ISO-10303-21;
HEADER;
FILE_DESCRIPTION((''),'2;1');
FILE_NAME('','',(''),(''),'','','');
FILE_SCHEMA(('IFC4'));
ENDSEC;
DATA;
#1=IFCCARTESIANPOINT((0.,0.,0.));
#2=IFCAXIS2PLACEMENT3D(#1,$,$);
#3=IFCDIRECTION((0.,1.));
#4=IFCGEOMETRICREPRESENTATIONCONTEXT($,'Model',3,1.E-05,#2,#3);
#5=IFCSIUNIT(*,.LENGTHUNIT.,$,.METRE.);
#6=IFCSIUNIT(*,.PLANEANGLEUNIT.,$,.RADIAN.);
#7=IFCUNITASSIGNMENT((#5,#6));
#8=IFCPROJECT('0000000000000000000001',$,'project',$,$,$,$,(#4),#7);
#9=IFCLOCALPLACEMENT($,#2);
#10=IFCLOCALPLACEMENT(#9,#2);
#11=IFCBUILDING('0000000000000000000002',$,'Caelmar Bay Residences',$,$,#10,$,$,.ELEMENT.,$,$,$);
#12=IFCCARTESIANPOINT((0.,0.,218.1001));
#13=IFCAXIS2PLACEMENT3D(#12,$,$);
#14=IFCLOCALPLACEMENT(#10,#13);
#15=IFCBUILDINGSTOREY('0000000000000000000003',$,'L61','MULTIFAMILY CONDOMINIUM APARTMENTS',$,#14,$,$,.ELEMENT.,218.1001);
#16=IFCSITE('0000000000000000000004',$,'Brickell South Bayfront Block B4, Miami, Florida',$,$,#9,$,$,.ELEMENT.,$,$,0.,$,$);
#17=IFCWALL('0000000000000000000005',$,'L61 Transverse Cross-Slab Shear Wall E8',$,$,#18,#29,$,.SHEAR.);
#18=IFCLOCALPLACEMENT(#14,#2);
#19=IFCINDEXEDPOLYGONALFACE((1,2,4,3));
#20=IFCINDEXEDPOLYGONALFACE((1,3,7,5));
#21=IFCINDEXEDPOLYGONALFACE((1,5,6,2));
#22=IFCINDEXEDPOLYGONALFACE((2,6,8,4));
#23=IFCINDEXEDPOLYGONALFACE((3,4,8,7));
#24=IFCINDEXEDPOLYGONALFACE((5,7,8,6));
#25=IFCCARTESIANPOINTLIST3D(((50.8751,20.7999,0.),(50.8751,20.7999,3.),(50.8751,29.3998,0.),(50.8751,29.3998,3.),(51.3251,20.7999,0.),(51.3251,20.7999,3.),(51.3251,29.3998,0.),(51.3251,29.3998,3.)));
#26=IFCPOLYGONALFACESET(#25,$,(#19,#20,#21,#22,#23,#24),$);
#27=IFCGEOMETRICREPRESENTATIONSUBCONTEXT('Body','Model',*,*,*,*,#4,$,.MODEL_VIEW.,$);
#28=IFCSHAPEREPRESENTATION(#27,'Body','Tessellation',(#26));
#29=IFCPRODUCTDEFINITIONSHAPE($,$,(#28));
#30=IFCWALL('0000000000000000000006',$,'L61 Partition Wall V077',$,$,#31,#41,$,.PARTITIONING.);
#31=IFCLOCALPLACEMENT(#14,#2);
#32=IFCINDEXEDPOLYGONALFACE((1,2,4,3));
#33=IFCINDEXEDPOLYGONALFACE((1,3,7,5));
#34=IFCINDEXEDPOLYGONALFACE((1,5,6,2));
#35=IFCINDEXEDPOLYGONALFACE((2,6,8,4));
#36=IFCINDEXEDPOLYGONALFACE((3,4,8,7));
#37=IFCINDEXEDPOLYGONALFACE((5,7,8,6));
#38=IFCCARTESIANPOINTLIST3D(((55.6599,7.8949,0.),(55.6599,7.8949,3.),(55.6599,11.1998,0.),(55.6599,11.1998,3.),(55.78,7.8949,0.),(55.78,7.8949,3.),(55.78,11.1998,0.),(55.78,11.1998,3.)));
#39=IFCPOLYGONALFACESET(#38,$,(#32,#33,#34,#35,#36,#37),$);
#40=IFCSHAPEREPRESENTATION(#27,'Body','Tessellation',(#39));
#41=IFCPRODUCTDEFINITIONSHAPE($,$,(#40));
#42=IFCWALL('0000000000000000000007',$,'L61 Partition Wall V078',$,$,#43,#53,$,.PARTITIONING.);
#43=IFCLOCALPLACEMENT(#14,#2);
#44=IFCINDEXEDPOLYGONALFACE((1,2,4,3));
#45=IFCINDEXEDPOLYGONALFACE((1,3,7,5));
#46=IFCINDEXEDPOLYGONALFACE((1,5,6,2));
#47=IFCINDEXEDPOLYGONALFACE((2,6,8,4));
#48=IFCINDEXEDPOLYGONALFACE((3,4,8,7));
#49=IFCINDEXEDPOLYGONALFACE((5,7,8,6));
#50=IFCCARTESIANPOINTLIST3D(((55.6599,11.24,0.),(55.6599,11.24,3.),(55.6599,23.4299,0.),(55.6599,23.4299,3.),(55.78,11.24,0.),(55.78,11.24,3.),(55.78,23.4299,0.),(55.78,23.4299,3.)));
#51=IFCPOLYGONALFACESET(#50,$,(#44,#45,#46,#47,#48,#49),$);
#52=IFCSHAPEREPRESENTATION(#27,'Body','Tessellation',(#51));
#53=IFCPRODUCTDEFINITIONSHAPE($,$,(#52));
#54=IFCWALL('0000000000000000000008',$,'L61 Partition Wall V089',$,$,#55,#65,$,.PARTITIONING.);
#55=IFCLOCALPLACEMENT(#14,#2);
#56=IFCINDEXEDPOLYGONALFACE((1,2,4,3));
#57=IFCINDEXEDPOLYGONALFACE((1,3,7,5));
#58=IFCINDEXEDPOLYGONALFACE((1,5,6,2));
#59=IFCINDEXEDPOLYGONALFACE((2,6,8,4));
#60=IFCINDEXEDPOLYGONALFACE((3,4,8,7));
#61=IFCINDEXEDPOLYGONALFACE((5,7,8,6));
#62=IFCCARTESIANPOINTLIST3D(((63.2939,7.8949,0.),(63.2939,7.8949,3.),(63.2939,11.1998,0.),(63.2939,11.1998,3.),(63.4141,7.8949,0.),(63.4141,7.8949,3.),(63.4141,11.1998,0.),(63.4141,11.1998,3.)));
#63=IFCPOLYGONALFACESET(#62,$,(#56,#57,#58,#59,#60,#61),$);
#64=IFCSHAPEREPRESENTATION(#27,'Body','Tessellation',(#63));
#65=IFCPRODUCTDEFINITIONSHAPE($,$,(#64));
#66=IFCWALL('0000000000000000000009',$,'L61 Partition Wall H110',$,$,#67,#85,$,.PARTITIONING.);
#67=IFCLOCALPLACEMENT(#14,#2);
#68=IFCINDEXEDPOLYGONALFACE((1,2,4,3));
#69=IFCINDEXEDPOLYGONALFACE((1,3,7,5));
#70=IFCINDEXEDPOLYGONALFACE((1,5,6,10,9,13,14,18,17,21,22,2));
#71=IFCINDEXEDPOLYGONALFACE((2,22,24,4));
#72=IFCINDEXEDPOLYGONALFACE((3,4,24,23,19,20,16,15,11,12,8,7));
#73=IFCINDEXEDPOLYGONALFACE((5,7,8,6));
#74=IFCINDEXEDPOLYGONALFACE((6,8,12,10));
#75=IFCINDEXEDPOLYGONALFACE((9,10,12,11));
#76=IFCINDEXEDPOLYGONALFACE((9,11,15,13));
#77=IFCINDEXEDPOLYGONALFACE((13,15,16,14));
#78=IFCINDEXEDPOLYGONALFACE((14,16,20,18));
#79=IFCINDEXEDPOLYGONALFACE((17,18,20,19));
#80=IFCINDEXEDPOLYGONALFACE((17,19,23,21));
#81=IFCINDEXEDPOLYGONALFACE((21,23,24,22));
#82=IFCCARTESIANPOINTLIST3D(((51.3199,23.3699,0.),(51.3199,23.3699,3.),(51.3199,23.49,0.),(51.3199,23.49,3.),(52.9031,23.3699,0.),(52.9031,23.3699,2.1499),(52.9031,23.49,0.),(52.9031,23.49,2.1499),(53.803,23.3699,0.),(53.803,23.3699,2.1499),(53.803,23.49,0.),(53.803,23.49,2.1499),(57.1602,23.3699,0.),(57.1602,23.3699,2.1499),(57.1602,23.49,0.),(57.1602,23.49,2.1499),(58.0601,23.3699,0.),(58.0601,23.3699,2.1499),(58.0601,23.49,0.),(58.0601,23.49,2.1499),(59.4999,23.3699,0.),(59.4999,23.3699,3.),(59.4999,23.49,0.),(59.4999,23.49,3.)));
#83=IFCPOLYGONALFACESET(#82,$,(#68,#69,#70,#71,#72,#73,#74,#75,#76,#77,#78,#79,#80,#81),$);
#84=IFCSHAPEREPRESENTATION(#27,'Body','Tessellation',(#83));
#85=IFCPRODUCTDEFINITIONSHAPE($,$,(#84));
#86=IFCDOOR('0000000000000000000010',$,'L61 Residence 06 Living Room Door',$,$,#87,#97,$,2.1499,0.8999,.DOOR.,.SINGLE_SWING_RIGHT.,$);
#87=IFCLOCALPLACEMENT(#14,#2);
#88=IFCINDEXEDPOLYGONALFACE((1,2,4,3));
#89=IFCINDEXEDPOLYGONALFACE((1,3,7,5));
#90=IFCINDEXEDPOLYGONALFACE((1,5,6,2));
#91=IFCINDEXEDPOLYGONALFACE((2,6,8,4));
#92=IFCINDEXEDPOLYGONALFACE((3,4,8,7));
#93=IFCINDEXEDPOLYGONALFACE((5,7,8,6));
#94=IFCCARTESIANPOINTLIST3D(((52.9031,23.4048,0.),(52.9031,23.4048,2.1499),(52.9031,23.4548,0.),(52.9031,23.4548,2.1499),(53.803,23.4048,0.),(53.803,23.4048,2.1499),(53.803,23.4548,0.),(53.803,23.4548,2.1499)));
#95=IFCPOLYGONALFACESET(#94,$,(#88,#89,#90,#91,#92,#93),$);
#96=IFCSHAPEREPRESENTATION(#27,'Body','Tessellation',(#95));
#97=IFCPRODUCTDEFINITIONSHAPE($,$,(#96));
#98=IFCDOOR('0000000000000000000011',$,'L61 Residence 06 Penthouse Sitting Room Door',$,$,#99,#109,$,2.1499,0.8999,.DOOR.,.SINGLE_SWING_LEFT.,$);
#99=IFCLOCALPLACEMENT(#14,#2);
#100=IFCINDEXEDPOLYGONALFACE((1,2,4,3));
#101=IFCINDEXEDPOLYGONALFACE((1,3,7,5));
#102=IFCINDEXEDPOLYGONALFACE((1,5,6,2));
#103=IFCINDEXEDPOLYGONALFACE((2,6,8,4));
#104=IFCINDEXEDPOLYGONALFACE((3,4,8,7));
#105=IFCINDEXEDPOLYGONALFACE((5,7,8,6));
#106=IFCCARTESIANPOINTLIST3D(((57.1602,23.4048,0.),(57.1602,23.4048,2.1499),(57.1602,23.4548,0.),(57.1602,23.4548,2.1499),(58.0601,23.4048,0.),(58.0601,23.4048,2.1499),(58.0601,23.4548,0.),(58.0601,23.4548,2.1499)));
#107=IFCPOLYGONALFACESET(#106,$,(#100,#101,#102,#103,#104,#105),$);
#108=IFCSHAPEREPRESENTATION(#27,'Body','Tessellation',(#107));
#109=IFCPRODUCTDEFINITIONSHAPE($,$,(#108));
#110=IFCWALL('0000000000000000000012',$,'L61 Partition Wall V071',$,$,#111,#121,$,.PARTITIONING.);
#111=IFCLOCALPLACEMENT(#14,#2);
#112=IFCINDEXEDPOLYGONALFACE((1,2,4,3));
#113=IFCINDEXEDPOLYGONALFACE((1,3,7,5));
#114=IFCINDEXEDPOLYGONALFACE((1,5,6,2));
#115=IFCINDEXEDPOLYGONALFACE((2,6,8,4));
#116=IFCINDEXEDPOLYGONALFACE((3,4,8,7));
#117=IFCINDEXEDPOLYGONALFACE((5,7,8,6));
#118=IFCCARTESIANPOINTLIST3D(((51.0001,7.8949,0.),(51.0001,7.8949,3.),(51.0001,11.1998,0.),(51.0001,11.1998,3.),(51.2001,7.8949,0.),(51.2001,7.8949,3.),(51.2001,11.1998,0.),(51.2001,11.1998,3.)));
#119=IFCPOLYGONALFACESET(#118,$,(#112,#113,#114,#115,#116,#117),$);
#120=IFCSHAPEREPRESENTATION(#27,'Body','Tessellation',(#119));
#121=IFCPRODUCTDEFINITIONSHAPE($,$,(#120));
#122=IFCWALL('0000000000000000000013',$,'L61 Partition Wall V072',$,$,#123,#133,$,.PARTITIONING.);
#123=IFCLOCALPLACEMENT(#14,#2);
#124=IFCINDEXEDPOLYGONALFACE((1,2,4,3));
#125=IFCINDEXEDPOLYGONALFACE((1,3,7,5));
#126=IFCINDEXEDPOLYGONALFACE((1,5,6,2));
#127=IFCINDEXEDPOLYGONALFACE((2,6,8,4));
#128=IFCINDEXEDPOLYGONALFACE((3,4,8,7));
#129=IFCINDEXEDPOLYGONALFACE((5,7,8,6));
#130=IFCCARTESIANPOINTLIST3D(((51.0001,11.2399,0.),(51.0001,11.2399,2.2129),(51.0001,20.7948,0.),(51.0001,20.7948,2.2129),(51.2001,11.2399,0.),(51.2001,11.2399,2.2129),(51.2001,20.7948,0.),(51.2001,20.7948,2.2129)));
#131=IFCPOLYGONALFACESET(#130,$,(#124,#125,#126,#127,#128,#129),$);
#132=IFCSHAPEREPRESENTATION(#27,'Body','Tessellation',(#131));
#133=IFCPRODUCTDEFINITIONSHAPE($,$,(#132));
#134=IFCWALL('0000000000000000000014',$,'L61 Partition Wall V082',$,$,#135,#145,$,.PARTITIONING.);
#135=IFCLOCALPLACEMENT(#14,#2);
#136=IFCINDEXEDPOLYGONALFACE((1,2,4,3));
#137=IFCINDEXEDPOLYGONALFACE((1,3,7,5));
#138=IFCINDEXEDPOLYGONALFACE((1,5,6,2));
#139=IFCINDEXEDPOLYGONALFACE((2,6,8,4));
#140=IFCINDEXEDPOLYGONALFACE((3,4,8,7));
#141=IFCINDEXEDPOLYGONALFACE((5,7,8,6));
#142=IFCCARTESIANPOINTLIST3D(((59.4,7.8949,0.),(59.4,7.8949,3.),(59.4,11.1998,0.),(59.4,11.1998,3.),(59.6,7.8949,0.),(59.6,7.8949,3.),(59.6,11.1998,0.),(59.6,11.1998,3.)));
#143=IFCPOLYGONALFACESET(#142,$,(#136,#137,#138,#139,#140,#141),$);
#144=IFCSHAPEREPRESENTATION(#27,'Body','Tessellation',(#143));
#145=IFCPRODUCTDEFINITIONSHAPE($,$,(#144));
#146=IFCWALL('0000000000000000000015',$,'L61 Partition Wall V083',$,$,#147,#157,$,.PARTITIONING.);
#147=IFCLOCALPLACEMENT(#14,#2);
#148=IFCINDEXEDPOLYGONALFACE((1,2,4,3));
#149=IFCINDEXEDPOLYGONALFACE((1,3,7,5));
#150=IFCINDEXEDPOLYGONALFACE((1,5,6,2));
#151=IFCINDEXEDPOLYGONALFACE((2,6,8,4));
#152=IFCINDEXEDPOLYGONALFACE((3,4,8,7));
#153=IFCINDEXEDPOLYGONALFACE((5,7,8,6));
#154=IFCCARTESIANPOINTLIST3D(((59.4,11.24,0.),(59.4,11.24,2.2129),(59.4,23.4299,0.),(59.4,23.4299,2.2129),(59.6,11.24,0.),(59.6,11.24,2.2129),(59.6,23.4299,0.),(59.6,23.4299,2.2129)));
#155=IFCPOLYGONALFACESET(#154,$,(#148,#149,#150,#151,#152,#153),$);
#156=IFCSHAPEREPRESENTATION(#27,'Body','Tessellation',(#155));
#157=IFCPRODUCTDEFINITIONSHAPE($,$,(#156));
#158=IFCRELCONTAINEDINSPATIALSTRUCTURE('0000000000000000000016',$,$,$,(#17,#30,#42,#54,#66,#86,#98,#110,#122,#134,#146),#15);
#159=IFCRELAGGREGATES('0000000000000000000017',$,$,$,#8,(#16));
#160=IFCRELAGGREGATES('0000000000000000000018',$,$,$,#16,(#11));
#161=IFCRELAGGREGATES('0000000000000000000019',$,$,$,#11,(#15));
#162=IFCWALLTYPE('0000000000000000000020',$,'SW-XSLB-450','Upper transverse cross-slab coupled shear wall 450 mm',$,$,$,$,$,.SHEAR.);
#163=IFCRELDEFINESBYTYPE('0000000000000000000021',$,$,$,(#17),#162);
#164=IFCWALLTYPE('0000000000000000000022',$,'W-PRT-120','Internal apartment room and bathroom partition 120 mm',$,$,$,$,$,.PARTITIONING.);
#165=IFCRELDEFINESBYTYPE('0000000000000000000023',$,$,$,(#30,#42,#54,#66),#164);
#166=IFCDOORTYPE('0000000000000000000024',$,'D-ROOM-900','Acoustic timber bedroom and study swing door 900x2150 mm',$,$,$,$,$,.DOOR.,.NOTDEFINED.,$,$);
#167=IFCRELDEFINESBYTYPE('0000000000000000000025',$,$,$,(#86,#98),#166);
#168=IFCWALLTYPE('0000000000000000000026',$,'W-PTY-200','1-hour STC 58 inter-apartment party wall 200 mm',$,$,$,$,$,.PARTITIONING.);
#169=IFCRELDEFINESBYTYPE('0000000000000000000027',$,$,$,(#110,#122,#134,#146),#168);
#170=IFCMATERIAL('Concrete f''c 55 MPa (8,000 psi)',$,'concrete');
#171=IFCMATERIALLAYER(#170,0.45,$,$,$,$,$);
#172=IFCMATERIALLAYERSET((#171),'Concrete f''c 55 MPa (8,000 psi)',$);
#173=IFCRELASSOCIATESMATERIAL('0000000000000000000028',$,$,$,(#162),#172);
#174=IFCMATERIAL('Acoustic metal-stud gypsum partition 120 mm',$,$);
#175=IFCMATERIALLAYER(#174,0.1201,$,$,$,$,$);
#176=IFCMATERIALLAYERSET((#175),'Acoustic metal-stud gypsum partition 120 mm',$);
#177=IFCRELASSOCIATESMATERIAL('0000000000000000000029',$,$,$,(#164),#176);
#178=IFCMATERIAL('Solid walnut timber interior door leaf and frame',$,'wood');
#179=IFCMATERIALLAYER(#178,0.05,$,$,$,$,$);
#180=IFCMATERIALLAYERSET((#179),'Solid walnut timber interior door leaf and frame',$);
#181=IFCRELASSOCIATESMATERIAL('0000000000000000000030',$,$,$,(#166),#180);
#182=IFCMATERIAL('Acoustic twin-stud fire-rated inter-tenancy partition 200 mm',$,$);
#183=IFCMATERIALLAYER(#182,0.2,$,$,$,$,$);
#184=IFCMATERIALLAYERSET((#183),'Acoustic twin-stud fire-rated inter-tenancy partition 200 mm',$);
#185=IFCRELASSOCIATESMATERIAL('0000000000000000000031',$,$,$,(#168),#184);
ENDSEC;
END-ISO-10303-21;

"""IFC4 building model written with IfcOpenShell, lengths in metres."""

from ifc_helpers import new_model, si_unit, direction, frame, frame_2d, origin, place, context, subcontext, project, spatial, rectangle, extrude, material, layer, layer_set, type_object, element, fill, save


model = new_model("IFC4")

# Units and contexts
model_context = context("Model", 3, precision=1e-05, world=origin(), true_north=direction((0.0, 1.0)))
body_context = subcontext(model_context, "Body", "Model", "MODEL_VIEW")
ifc_project = project(units=[si_unit("LENGTHUNIT", "METRE"), si_unit("PLANEANGLEUNIT", "RADIAN")], contexts=[model_context])

# Site, building, storey
site_placement = place(None, origin())
site = spatial("IfcSite", under=ifc_project, at=site_placement, Name="Brickell South Bayfront Block B4, Miami, Florida", CompositionType="ELEMENT", RefElevation=0.0)
building_placement = place(site_placement, origin())
building = spatial("IfcBuilding", under=site, at=building_placement, Name="Caelmar Bay Residences", CompositionType="ELEMENT")
storey_placement = place(building_placement, frame((0.0, 0.0, 218.1001)))
storey = spatial("IfcBuildingStorey", under=building, at=storey_placement, Name="L61", Description="MULTIFAMILY CONDOMINIUM APARTMENTS", CompositionType="ELEMENT", Elevation=218.1001)

# Shared definitions
ifc_material_1 = material(Name="Concrete f'c 55 MPa (8,000 psi)", Category="concrete")

# Walls
ifc_layer_1 = layer(ifc_material_1, 0.45)
ifc_layer_set_1 = layer_set([ifc_layer_1], Name="Concrete f'c 55 MPa (8,000 psi)")
wall_type_1 = type_object("IfcWallType", Name="SW-XSLB-450", Description="Upper transverse cross-slab coupled shear wall 450 mm", PredefinedType="SHEAR", material=ifc_layer_set_1)
wall_1_placement = place(storey_placement, frame((51.1001, 20.8, 0.0), z_axis=(0.0, 0.0, 1.0), x_axis=(0.0, 1.0, 0.0)))
element("IfcWall", 1, at=wall_1_placement, inside=storey, type_object=wall_type_1, Name="L61 Transverse Cross-Slab Shear Wall E8", PredefinedType="SHEAR", context=body_context, shape_type="SweptSolid", body=[
    extrude(rectangle(XDim=8.5999, YDim=0.45, at=frame_2d((4.2998, 0.0))), origin(), (0.0, 0.0, 1.0), 3.0),
])
ifc_material_2 = material(Name="Acoustic metal-stud gypsum partition 120 mm")
ifc_layer_2 = layer(ifc_material_2, 0.1201)
ifc_layer_set_2 = layer_set([ifc_layer_2], Name="Acoustic metal-stud gypsum partition 120 mm")
wall_type_2 = type_object("IfcWallType", Name="W-PRT-120", Description="Internal apartment room and bathroom partition 120 mm", PredefinedType="PARTITIONING", material=ifc_layer_set_2)
wall_2_placement = place(storey_placement, frame((55.72, 7.895, 0.0), z_axis=(0.0, 0.0, 1.0), x_axis=(0.0, 1.0, 0.0)))
element("IfcWall", 2, at=wall_2_placement, inside=storey, type_object=wall_type_2, Name="L61 Partition Wall V077", PredefinedType="PARTITIONING", context=body_context, shape_type="SweptSolid", body=[
    extrude(rectangle(XDim=3.3049, YDim=0.1201, at=frame_2d((1.6523, 0.0))), origin(), (0.0, 0.0, 1.0), 3.0),
])
wall_3_placement = place(storey_placement, frame((55.72, 11.24, 0.0), z_axis=(0.0, 0.0, 1.0), x_axis=(0.0, 1.0, 0.0)))
element("IfcWall", 3, at=wall_3_placement, inside=storey, type_object=wall_type_2, Name="L61 Partition Wall V078", PredefinedType="PARTITIONING", context=body_context, shape_type="SweptSolid", body=[
    extrude(rectangle(XDim=12.1899, YDim=0.1201, at=frame_2d((6.095, 0.0))), origin(), (0.0, 0.0, 1.0), 3.0),
])
wall_4_placement = place(storey_placement, frame((63.354, 7.895, 0.0), z_axis=(0.0, 0.0, 1.0), x_axis=(0.0, 1.0, 0.0)))
element("IfcWall", 4, at=wall_4_placement, inside=storey, type_object=wall_type_2, Name="L61 Partition Wall V089", PredefinedType="PARTITIONING", context=body_context, shape_type="SweptSolid", body=[
    extrude(rectangle(XDim=3.3049, YDim=0.1201, at=frame_2d((1.6523, 0.0))), origin(), (0.0, 0.0, 1.0), 3.0),
])

# Shared definitions
ifc_material_3 = material(Name="Solid walnut timber interior door leaf and frame", Category="wood")
ifc_layer_3 = layer(ifc_material_3, 0.05)
ifc_layer_set_3 = layer_set([ifc_layer_3], Name="Solid walnut timber interior door leaf and frame")
door_type = type_object("IfcDoorType", Name="D-ROOM-900", Description="Acoustic timber bedroom and study swing door 900x2150 mm", OperationType="NOTDEFINED", PredefinedType="DOOR", material=ifc_layer_set_3)

# Wall, openings, doors
wall_5_placement = place(storey_placement, frame((51.3201, 23.4299, 0.0), z_axis=(0.0, 0.0, 1.0), x_axis=(1.0, 0.0, 0.0)))
wall_5 = element("IfcWall", 5, at=wall_5_placement, inside=storey, type_object=wall_type_2, Name="L61 Partition Wall H110", PredefinedType="PARTITIONING", context=body_context, shape_type="SweptSolid", body=[
    extrude(rectangle(XDim=8.1799, YDim=0.1201, at=frame_2d((4.0898, 0.0))), origin(), (0.0, 0.0, 1.0), 3.0),
])
opening_1_placement = place(wall_5_placement, frame((1.583, 0.0, 0.0)))
opening_1 = element("IfcOpeningElement", 6, at=opening_1_placement, cuts=wall_5, PredefinedType="OPENING", context=body_context, shape_type="SweptSolid", body=[
    extrude(rectangle(XDim=0.8999, YDim=2.1499, at=frame_2d((0.45, 1.075))), frame((0.0, 0.0701, 0.0), z_axis=(0.0, -1.0, 0.0), x_axis=(1.0, 0.0, 0.0)), (0.0, 0.0, 1.0), 0.1401),
])
opening_2_placement = place(wall_5_placement, frame((5.8401, 0.0, 0.0)))
opening_2 = element("IfcOpeningElement", 7, at=opening_2_placement, cuts=wall_5, PredefinedType="OPENING", context=body_context, shape_type="SweptSolid", body=[
    extrude(rectangle(XDim=0.8999, YDim=2.1499, at=frame_2d((0.45, 1.075))), frame((0.0, 0.0701, 0.0), z_axis=(0.0, -1.0, 0.0), x_axis=(1.0, 0.0, 0.0)), (0.0, 0.0, 1.0), 0.1401),
])
door_1_placement = place(opening_1_placement, origin())
door_1 = element("IfcDoor", 8, at=door_1_placement, inside=storey, type_object=door_type, Name="L61 Residence 06 Living Room Door", OperationType="SINGLE_SWING_RIGHT", OverallHeight=2.1499, OverallWidth=0.8999, PredefinedType="DOOR", context=body_context, shape_type="SweptSolid", body=[
    extrude(rectangle(XDim=0.8999, YDim=2.1499, at=frame_2d((0.45, 1.075))), frame((0.0, 0.0249, 0.0), z_axis=(0.0, -1.0, 0.0), x_axis=(1.0, 0.0, 0.0)), (0.0, 0.0, 1.0), 0.05),
])
fill(opening_1, door_1)
door_2_placement = place(opening_2_placement, origin())
door_2 = element("IfcDoor", 9, at=door_2_placement, inside=storey, type_object=door_type, Name="L61 Residence 06 Penthouse Sitting Room Door", OperationType="SINGLE_SWING_LEFT", OverallHeight=2.1499, OverallWidth=0.8999, PredefinedType="DOOR", context=body_context, shape_type="SweptSolid", body=[
    extrude(rectangle(XDim=0.8999, YDim=2.1499, at=frame_2d((0.45, 1.075))), frame((0.0, 0.0249, 0.0), z_axis=(0.0, -1.0, 0.0), x_axis=(1.0, 0.0, 0.0)), (0.0, 0.0, 1.0), 0.05),
])
fill(opening_2, door_2)

# Walls
ifc_material_4 = material(Name="Acoustic twin-stud fire-rated inter-tenancy partition 200 mm")
ifc_layer_4 = layer(ifc_material_4, 0.2)
ifc_layer_set_4 = layer_set([ifc_layer_4], Name="Acoustic twin-stud fire-rated inter-tenancy partition 200 mm")
wall_type_3 = type_object("IfcWallType", Name="W-PTY-200", Description="1-hour STC 58 inter-apartment party wall 200 mm", PredefinedType="PARTITIONING", material=ifc_layer_set_4)
wall_6_placement = place(storey_placement, frame((51.1001, 7.895, 0.0), z_axis=(0.0, 0.0, 1.0), x_axis=(0.0, 1.0, 0.0)))
element("IfcWall", 10, at=wall_6_placement, inside=storey, type_object=wall_type_3, Name="L61 Partition Wall V071", PredefinedType="PARTITIONING", context=body_context, shape_type="SweptSolid", body=[
    extrude(rectangle(XDim=3.3049, YDim=0.2, at=frame_2d((1.6523, 0.0))), origin(), (0.0, 0.0, 1.0), 3.0),
])
wall_7_placement = place(storey_placement, frame((51.1001, 11.24, 0.0), z_axis=(0.0, 0.0, 1.0), x_axis=(0.0, 1.0, 0.0)))
element("IfcWall", 11, at=wall_7_placement, inside=storey, type_object=wall_type_3, Name="L61 Partition Wall V072", PredefinedType="PARTITIONING", context=body_context, shape_type="SweptSolid", body=[
    extrude(rectangle(XDim=9.5549, YDim=0.2, at=frame_2d((4.7773, 0.0))), origin(), (0.0, 0.0, 1.0), 2.2129),
])
wall_8_placement = place(storey_placement, frame((59.5, 7.895, 0.0), z_axis=(0.0, 0.0, 1.0), x_axis=(0.0, 1.0, 0.0)))
element("IfcWall", 12, at=wall_8_placement, inside=storey, type_object=wall_type_3, Name="L61 Partition Wall V082", PredefinedType="PARTITIONING", context=body_context, shape_type="SweptSolid", body=[
    extrude(rectangle(XDim=3.3049, YDim=0.2, at=frame_2d((1.6523, 0.0))), origin(), (0.0, 0.0, 1.0), 3.0),
])
wall_9_placement = place(storey_placement, frame((59.5, 11.24, 0.0), z_axis=(0.0, 0.0, 1.0), x_axis=(0.0, 1.0, 0.0)))
element("IfcWall", 13, at=wall_9_placement, inside=storey, type_object=wall_type_3, Name="L61 Partition Wall V083", PredefinedType="PARTITIONING", context=body_context, shape_type="SweptSolid", body=[
    extrude(rectangle(XDim=12.1899, YDim=0.2, at=frame_2d((6.095, 0.0))), origin(), (0.0, 0.0, 1.0), 2.2129),
])

save(model, "model.ifc")
